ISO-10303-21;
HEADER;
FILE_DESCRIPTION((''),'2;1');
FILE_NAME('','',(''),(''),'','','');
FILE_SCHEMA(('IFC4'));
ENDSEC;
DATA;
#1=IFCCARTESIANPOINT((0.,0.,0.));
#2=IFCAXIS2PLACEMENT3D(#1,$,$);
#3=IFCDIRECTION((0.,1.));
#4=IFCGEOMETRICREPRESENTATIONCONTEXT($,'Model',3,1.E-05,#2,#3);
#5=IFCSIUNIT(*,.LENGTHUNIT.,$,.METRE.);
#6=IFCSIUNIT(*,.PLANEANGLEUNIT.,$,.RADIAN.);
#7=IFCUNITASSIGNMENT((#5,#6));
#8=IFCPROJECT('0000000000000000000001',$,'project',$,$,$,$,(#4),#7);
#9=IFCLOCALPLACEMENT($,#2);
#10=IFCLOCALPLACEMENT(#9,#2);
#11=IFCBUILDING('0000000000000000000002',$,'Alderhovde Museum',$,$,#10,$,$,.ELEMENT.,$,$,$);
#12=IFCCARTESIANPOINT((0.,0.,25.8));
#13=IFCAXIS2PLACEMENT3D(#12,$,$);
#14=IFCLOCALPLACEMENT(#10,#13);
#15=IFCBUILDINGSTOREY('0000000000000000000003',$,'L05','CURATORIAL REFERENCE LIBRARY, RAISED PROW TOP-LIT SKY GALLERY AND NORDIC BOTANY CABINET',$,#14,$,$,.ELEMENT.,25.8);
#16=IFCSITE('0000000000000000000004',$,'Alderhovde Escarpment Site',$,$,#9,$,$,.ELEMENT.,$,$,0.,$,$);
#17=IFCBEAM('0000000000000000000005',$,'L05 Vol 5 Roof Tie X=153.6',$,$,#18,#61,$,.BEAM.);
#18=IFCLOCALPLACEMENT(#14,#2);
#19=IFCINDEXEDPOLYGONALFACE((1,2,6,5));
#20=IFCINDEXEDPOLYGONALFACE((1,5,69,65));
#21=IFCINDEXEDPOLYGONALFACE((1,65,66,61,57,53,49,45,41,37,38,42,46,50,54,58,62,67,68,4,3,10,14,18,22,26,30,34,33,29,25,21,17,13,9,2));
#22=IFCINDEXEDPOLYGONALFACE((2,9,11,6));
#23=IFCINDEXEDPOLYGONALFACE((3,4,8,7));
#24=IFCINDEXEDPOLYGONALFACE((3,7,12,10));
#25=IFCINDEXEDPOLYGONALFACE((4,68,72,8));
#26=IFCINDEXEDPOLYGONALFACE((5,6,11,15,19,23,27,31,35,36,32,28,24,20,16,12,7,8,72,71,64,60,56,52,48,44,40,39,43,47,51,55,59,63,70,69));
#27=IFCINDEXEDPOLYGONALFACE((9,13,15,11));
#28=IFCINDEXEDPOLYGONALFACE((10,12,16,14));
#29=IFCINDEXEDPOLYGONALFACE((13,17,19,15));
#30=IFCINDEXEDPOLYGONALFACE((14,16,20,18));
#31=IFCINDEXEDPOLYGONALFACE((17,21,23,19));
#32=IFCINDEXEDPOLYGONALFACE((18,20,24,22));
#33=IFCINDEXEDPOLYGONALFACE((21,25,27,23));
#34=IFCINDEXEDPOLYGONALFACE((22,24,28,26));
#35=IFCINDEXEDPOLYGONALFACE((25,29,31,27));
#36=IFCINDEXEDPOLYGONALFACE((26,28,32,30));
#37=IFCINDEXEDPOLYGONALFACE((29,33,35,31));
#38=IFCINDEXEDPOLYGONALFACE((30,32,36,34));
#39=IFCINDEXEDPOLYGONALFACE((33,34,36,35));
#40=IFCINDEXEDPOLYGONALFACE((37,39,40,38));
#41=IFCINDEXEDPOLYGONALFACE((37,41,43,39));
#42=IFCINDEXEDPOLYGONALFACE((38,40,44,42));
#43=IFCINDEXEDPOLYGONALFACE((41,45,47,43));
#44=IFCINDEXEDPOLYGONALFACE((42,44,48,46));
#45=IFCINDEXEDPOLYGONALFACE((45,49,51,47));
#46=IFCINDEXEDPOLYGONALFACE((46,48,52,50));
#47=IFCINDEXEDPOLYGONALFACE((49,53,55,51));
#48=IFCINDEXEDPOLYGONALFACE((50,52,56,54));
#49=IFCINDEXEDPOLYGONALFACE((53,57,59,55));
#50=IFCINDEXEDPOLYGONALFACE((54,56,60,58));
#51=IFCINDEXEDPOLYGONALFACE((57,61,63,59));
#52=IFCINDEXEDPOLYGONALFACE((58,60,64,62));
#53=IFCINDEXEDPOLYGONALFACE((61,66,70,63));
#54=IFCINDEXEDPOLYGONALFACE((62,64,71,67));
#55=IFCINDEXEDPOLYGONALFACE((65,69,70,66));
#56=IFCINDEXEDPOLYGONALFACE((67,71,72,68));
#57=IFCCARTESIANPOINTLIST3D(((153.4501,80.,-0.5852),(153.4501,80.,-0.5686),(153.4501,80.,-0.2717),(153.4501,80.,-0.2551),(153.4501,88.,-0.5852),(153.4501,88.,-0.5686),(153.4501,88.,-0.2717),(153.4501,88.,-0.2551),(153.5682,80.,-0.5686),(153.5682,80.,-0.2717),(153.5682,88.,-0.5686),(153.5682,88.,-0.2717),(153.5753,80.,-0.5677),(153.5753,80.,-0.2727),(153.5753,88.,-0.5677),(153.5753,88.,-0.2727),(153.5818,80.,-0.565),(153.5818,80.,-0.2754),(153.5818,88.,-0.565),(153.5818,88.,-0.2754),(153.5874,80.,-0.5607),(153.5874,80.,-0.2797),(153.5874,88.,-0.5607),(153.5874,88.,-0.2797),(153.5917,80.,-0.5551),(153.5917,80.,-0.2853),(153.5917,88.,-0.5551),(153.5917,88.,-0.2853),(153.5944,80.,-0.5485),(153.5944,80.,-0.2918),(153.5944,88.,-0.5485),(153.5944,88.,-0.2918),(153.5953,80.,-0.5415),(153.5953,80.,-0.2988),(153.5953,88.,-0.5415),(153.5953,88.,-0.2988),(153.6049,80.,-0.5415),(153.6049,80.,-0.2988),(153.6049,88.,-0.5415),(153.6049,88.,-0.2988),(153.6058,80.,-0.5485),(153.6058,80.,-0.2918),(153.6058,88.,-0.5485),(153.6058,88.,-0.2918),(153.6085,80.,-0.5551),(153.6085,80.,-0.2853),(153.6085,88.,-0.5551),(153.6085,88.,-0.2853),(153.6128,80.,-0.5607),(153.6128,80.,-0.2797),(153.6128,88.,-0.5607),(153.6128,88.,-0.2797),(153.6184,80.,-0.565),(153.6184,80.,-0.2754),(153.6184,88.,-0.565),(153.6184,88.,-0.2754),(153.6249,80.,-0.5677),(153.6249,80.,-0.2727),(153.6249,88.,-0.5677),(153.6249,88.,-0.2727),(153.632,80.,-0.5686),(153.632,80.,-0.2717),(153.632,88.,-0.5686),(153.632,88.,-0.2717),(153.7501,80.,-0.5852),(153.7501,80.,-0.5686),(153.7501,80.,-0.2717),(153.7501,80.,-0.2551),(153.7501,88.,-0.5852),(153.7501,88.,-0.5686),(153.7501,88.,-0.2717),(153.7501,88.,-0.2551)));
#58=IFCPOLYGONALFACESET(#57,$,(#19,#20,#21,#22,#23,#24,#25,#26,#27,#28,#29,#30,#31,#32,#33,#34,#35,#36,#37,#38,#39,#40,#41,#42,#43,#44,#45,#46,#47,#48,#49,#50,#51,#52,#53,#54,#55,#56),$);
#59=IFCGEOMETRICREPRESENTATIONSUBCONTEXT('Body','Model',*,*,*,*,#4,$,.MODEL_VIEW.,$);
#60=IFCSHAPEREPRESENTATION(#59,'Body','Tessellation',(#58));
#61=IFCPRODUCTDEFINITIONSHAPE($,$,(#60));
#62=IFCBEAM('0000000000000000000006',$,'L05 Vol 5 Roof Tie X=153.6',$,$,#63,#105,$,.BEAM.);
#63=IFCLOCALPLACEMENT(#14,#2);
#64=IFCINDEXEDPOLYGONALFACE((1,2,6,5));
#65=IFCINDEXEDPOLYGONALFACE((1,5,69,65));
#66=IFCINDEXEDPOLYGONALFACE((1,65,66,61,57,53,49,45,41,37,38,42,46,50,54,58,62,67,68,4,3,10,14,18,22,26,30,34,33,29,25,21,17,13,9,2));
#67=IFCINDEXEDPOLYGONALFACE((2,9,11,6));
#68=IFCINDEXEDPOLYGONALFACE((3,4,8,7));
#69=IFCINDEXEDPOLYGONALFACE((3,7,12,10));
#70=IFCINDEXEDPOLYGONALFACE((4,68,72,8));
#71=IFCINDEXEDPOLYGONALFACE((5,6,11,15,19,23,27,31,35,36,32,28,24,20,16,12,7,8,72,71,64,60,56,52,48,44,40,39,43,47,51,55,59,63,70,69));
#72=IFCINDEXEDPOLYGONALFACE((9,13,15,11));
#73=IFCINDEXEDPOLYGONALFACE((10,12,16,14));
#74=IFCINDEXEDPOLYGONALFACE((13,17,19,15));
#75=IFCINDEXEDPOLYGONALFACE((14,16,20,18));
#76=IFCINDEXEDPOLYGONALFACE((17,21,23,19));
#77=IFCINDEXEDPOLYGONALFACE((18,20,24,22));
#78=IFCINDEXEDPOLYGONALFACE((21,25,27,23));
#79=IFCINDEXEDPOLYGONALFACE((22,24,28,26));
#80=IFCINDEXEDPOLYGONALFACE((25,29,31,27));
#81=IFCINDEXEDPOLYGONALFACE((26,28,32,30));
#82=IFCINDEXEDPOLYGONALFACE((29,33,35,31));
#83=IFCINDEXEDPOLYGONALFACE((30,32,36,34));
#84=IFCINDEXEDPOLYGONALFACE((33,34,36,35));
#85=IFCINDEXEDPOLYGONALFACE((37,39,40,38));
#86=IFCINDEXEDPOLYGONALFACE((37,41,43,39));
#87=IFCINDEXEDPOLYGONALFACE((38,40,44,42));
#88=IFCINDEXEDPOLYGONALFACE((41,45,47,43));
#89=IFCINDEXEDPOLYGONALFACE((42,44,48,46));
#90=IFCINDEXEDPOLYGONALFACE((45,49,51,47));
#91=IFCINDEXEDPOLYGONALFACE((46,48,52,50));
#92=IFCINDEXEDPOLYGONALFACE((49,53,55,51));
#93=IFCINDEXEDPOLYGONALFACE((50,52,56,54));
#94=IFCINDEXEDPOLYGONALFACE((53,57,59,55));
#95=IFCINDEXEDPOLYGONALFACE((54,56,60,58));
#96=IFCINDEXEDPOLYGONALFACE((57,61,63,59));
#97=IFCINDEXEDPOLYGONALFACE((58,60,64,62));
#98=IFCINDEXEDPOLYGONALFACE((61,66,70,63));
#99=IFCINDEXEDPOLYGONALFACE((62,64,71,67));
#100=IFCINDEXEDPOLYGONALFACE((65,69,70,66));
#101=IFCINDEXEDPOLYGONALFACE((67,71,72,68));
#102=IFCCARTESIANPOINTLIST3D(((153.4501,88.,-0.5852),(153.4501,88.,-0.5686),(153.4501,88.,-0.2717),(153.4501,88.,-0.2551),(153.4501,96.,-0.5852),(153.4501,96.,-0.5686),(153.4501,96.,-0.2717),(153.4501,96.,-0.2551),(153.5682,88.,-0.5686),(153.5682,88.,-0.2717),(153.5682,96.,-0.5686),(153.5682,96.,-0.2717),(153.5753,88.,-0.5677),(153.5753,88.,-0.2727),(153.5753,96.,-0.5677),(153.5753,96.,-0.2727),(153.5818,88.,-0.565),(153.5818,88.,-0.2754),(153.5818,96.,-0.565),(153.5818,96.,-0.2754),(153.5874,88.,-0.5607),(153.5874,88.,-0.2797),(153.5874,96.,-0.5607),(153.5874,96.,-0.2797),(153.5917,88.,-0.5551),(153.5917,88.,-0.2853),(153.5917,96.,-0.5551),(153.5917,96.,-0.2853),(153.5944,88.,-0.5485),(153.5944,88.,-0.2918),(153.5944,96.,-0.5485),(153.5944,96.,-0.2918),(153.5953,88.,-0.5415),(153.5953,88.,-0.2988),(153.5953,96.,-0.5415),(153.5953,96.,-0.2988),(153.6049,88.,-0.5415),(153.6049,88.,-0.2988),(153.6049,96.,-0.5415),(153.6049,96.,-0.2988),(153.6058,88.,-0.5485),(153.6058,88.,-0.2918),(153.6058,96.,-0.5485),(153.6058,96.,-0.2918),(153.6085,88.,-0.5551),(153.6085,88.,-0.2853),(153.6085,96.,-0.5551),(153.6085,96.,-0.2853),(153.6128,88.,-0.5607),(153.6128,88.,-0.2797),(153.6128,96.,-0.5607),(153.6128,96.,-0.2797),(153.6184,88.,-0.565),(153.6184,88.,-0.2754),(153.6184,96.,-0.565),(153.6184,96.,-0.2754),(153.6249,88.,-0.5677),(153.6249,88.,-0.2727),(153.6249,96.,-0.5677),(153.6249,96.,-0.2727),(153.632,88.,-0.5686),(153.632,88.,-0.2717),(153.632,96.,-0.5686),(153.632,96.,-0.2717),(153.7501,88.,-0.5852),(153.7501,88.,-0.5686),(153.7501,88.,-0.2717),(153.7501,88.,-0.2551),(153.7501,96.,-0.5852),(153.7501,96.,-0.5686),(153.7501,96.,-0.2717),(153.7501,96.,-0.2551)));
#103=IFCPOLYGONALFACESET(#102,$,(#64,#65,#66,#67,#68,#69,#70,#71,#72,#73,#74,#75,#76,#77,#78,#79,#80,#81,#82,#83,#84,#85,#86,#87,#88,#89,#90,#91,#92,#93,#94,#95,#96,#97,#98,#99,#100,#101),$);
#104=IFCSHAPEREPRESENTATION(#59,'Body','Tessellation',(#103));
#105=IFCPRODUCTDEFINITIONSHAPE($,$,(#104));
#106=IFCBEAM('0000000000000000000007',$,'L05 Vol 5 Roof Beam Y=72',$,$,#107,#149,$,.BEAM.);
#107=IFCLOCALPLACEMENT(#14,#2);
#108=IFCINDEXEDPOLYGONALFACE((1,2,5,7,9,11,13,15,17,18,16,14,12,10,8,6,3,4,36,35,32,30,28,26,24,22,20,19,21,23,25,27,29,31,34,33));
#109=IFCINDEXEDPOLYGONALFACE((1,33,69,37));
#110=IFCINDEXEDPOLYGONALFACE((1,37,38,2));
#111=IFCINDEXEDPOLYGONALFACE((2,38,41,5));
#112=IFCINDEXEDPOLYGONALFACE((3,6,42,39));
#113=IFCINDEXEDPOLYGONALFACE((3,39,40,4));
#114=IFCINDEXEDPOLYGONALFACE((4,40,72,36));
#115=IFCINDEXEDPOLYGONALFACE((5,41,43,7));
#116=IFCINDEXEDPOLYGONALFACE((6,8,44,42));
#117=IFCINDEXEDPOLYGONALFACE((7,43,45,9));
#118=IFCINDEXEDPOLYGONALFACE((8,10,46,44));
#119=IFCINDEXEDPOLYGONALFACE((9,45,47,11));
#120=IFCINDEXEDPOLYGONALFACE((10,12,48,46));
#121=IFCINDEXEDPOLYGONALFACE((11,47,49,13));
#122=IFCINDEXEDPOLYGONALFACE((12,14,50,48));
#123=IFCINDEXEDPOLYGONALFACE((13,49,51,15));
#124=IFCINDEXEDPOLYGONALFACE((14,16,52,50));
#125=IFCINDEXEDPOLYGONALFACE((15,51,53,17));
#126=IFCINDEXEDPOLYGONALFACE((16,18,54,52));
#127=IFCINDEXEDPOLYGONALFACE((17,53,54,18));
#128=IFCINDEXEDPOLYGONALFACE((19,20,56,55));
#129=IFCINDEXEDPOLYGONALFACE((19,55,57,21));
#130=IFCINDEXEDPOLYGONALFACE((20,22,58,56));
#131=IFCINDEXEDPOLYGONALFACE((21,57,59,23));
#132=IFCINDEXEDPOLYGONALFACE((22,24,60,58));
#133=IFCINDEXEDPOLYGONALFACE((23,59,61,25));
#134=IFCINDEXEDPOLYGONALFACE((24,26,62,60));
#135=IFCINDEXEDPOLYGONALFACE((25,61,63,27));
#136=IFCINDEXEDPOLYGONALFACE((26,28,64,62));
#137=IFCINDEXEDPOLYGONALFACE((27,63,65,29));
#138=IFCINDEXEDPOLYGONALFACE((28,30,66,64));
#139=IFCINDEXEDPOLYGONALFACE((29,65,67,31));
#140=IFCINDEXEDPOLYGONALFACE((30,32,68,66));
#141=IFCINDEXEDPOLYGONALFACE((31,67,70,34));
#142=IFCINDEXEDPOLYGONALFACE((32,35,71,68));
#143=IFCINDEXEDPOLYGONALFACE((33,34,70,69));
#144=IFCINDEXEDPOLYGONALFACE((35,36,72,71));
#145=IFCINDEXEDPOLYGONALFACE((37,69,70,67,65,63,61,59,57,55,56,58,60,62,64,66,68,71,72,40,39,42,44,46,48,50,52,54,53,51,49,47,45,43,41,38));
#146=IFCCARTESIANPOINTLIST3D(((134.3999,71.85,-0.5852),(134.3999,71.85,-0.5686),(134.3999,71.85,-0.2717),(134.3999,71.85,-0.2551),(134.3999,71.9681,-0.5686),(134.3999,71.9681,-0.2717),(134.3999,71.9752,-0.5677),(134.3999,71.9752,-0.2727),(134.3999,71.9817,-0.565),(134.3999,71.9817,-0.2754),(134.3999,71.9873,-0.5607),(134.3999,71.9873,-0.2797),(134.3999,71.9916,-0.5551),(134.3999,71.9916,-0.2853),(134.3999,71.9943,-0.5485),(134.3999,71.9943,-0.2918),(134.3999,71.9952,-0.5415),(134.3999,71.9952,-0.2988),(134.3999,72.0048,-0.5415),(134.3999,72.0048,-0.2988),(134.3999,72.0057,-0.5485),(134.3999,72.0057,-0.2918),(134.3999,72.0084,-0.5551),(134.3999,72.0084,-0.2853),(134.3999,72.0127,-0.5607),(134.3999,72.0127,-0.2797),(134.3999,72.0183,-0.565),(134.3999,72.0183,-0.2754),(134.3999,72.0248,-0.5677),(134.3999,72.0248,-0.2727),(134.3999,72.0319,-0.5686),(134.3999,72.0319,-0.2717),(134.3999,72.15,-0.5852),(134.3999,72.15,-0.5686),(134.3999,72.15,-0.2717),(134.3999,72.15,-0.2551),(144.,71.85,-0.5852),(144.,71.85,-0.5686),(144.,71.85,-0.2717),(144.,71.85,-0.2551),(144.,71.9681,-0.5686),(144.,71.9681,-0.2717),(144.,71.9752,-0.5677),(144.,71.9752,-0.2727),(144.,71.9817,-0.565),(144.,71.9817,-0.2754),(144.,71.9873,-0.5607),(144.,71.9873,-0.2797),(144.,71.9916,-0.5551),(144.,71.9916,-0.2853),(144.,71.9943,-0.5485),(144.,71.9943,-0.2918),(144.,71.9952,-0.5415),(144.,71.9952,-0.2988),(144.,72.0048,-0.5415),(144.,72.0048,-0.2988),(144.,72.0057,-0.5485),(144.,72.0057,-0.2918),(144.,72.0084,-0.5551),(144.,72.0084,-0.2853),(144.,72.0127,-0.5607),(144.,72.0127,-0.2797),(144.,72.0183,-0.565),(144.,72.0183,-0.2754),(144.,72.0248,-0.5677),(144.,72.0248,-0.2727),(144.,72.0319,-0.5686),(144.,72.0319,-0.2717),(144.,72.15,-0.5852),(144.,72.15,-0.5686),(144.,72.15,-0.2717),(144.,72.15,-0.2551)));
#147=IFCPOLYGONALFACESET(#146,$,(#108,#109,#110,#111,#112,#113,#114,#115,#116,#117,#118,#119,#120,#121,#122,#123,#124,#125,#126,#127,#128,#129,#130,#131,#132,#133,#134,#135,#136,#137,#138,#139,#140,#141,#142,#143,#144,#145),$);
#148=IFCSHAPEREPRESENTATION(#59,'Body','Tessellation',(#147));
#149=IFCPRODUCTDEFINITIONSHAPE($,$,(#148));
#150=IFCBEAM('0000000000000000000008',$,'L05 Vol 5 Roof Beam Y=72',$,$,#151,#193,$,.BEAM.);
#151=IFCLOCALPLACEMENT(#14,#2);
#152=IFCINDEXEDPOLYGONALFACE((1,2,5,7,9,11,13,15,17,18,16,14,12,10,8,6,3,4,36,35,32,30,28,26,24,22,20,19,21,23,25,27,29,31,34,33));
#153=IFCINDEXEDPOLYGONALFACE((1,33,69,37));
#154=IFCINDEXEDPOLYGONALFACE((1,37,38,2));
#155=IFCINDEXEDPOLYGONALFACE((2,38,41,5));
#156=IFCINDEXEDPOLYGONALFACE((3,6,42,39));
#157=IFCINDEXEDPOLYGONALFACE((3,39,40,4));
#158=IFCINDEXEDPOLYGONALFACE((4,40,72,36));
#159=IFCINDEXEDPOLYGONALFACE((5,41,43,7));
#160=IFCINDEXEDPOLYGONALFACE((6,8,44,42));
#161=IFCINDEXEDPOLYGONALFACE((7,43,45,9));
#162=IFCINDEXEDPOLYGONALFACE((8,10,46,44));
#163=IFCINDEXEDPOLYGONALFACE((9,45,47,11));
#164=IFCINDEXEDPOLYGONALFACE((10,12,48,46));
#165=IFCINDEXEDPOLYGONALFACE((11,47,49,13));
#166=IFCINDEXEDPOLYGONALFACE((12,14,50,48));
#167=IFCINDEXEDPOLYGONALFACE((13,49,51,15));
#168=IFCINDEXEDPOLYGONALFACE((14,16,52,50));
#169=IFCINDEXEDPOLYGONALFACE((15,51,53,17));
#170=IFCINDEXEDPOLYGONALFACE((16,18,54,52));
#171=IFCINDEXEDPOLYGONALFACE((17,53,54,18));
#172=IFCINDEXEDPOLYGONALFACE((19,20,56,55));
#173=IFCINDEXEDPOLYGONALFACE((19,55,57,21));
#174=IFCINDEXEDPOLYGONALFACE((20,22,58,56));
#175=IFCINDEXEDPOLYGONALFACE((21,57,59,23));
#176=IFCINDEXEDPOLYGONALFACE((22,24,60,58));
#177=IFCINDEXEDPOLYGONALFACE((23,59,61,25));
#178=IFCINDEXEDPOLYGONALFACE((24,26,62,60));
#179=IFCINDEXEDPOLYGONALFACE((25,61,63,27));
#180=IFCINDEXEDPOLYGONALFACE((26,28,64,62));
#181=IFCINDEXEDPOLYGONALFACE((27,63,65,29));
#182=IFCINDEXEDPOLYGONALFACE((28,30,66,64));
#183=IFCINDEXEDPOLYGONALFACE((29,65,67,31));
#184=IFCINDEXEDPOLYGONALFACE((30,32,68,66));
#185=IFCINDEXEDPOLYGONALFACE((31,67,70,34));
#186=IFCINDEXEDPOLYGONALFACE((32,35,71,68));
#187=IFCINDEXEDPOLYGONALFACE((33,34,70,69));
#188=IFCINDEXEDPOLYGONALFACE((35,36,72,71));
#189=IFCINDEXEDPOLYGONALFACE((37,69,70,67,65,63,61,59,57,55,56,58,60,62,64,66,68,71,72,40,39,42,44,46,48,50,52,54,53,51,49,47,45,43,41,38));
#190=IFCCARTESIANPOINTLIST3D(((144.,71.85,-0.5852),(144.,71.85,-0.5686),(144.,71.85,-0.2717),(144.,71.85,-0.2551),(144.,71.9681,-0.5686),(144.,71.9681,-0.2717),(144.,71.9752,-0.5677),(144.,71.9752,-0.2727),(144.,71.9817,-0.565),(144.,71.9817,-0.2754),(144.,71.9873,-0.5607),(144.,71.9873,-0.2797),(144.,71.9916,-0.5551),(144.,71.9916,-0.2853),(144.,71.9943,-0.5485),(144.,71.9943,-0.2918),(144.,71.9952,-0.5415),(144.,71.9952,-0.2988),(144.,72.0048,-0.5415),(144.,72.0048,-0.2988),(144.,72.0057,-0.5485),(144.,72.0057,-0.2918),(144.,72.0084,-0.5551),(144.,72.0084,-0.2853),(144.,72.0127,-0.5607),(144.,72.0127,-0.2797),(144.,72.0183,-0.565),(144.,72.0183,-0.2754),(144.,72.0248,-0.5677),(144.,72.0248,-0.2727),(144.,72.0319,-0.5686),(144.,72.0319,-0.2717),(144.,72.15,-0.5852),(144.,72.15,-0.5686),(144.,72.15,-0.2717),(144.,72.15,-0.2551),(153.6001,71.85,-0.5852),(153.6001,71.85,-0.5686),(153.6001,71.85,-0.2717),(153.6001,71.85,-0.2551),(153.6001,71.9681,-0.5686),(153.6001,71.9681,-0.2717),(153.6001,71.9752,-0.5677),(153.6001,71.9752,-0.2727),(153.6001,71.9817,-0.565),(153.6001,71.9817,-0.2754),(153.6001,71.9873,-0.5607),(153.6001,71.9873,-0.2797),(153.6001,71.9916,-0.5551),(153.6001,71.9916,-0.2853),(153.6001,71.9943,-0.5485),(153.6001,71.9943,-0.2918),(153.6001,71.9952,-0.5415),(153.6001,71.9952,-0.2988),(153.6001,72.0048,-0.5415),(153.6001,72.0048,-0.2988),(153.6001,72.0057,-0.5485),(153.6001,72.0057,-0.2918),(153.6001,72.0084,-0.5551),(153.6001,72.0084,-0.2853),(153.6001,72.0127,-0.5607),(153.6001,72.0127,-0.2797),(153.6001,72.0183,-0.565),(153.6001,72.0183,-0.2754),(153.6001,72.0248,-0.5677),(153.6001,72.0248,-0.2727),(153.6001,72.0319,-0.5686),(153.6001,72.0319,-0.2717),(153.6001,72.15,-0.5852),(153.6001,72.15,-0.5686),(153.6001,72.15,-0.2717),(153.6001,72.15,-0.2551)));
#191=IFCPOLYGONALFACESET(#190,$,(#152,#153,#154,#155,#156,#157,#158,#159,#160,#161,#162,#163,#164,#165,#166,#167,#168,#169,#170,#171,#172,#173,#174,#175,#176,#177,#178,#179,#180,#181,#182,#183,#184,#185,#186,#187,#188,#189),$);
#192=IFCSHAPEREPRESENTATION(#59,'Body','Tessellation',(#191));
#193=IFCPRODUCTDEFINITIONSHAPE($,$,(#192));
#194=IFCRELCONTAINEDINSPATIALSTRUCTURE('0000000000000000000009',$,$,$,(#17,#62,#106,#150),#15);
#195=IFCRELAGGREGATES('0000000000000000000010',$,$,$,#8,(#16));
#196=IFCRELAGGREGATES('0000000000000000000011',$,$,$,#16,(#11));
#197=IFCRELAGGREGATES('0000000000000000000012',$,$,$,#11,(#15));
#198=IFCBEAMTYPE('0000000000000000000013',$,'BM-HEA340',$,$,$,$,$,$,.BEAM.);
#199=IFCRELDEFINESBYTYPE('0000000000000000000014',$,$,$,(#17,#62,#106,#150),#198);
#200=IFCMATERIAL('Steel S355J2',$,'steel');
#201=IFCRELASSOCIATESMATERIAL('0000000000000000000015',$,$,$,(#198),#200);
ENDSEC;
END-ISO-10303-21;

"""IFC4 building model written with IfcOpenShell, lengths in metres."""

from ifc_helpers import new_model, si_unit, direction, frame, origin, origin_2d, place, context, subcontext, project, spatial, i_section, extrude, material, material_profile, profile_set, type_object, element, save


model = new_model("IFC4")

# Units and contexts
model_context = context("Model", 3, precision=1e-05, world=origin(), true_north=direction((0.0, 1.0)))
body_context = subcontext(model_context, "Body", "Model", "MODEL_VIEW")
ifc_project = project(units=[si_unit("LENGTHUNIT", "METRE"), si_unit("PLANEANGLEUNIT", "RADIAN")], contexts=[model_context])

# Site, building, storey
site_placement = place(None, origin())
site = spatial("IfcSite", under=ifc_project, at=site_placement, Name="Alderhovde Escarpment Site", CompositionType="ELEMENT", RefElevation=0.0)
building_placement = place(site_placement, origin())
building = spatial("IfcBuilding", under=site, at=building_placement, Name="Alderhovde Museum", CompositionType="ELEMENT")
storey_placement = place(building_placement, frame((0.0, 0.0, 25.8)))
storey = spatial("IfcBuildingStorey", under=building, at=storey_placement, Name="L05", Description="CURATORIAL REFERENCE LIBRARY, RAISED PROW TOP-LIT SKY GALLERY AND NORDIC BOTANY CABINET", CompositionType="ELEMENT", Elevation=25.8)

# Beams
ifc_material_1 = material(Name="Steel S355J2", Category="steel")
ifc_material_profile_1 = material_profile(ifc_material_1, i_section(OverallWidth=0.3, OverallDepth=0.3301, WebThickness=0.0095, FlangeThickness=0.0166, FilletRadius=0.0271, at=origin_2d()), Name="HEA 340")
ifc_profile_set_1 = profile_set([ifc_material_profile_1], Name="Steel S355J2")
beam_type_1 = type_object("IfcBeamType", Name="BM-HEA340", PredefinedType="BEAM", material=ifc_profile_set_1)
for number, where, z_axis, x_axis, name in (
    (1, (153.6001, 80.0, -0.4202), (0.0, 1.0, 0.0), (-1.0, 0.0, 0.0), "L05 Vol 5 Roof Tie X=153.6"),
    (2, (153.6001, 88.0, -0.4202), (0.0, 1.0, 0.0), (-1.0, 0.0, 0.0), "L05 Vol 5 Roof Tie X=153.6"),
):
    element("IfcBeam", number, at=place(storey_placement, frame(where, z_axis=z_axis, x_axis=x_axis)), inside=storey, type_object=beam_type_1, Name=name, PredefinedType="BEAM", context=body_context, shape_type="SweptSolid", body=[
        extrude(i_section(OverallWidth=0.3, OverallDepth=0.3301, WebThickness=0.0095, FlangeThickness=0.0166, FilletRadius=0.0271, at=origin_2d()), origin(), (0.0, 0.0, 1.0), 8.0),
    ])
for number, where, z_axis, x_axis, name in (
    (3, (134.3999, 72.0, -0.4202), (1.0, 0.0, 0.0), (0.0, 1.0, 0.0), "L05 Vol 5 Roof Beam Y=72"),
    (4, (144.0, 72.0, -0.4202), (1.0, 0.0, 0.0), (0.0, 1.0, 0.0), "L05 Vol 5 Roof Beam Y=72"),
):
    element("IfcBeam", number, at=place(storey_placement, frame(where, z_axis=z_axis, x_axis=x_axis)), inside=storey, type_object=beam_type_1, Name=name, PredefinedType="BEAM", context=body_context, shape_type="SweptSolid", body=[
        extrude(i_section(OverallWidth=0.3, OverallDepth=0.3301, WebThickness=0.0095, FlangeThickness=0.0166, FilletRadius=0.0271, at=origin_2d()), origin(), (0.0, 0.0, 1.0), 9.6001),
    ])

save(model, "model.ifc")
